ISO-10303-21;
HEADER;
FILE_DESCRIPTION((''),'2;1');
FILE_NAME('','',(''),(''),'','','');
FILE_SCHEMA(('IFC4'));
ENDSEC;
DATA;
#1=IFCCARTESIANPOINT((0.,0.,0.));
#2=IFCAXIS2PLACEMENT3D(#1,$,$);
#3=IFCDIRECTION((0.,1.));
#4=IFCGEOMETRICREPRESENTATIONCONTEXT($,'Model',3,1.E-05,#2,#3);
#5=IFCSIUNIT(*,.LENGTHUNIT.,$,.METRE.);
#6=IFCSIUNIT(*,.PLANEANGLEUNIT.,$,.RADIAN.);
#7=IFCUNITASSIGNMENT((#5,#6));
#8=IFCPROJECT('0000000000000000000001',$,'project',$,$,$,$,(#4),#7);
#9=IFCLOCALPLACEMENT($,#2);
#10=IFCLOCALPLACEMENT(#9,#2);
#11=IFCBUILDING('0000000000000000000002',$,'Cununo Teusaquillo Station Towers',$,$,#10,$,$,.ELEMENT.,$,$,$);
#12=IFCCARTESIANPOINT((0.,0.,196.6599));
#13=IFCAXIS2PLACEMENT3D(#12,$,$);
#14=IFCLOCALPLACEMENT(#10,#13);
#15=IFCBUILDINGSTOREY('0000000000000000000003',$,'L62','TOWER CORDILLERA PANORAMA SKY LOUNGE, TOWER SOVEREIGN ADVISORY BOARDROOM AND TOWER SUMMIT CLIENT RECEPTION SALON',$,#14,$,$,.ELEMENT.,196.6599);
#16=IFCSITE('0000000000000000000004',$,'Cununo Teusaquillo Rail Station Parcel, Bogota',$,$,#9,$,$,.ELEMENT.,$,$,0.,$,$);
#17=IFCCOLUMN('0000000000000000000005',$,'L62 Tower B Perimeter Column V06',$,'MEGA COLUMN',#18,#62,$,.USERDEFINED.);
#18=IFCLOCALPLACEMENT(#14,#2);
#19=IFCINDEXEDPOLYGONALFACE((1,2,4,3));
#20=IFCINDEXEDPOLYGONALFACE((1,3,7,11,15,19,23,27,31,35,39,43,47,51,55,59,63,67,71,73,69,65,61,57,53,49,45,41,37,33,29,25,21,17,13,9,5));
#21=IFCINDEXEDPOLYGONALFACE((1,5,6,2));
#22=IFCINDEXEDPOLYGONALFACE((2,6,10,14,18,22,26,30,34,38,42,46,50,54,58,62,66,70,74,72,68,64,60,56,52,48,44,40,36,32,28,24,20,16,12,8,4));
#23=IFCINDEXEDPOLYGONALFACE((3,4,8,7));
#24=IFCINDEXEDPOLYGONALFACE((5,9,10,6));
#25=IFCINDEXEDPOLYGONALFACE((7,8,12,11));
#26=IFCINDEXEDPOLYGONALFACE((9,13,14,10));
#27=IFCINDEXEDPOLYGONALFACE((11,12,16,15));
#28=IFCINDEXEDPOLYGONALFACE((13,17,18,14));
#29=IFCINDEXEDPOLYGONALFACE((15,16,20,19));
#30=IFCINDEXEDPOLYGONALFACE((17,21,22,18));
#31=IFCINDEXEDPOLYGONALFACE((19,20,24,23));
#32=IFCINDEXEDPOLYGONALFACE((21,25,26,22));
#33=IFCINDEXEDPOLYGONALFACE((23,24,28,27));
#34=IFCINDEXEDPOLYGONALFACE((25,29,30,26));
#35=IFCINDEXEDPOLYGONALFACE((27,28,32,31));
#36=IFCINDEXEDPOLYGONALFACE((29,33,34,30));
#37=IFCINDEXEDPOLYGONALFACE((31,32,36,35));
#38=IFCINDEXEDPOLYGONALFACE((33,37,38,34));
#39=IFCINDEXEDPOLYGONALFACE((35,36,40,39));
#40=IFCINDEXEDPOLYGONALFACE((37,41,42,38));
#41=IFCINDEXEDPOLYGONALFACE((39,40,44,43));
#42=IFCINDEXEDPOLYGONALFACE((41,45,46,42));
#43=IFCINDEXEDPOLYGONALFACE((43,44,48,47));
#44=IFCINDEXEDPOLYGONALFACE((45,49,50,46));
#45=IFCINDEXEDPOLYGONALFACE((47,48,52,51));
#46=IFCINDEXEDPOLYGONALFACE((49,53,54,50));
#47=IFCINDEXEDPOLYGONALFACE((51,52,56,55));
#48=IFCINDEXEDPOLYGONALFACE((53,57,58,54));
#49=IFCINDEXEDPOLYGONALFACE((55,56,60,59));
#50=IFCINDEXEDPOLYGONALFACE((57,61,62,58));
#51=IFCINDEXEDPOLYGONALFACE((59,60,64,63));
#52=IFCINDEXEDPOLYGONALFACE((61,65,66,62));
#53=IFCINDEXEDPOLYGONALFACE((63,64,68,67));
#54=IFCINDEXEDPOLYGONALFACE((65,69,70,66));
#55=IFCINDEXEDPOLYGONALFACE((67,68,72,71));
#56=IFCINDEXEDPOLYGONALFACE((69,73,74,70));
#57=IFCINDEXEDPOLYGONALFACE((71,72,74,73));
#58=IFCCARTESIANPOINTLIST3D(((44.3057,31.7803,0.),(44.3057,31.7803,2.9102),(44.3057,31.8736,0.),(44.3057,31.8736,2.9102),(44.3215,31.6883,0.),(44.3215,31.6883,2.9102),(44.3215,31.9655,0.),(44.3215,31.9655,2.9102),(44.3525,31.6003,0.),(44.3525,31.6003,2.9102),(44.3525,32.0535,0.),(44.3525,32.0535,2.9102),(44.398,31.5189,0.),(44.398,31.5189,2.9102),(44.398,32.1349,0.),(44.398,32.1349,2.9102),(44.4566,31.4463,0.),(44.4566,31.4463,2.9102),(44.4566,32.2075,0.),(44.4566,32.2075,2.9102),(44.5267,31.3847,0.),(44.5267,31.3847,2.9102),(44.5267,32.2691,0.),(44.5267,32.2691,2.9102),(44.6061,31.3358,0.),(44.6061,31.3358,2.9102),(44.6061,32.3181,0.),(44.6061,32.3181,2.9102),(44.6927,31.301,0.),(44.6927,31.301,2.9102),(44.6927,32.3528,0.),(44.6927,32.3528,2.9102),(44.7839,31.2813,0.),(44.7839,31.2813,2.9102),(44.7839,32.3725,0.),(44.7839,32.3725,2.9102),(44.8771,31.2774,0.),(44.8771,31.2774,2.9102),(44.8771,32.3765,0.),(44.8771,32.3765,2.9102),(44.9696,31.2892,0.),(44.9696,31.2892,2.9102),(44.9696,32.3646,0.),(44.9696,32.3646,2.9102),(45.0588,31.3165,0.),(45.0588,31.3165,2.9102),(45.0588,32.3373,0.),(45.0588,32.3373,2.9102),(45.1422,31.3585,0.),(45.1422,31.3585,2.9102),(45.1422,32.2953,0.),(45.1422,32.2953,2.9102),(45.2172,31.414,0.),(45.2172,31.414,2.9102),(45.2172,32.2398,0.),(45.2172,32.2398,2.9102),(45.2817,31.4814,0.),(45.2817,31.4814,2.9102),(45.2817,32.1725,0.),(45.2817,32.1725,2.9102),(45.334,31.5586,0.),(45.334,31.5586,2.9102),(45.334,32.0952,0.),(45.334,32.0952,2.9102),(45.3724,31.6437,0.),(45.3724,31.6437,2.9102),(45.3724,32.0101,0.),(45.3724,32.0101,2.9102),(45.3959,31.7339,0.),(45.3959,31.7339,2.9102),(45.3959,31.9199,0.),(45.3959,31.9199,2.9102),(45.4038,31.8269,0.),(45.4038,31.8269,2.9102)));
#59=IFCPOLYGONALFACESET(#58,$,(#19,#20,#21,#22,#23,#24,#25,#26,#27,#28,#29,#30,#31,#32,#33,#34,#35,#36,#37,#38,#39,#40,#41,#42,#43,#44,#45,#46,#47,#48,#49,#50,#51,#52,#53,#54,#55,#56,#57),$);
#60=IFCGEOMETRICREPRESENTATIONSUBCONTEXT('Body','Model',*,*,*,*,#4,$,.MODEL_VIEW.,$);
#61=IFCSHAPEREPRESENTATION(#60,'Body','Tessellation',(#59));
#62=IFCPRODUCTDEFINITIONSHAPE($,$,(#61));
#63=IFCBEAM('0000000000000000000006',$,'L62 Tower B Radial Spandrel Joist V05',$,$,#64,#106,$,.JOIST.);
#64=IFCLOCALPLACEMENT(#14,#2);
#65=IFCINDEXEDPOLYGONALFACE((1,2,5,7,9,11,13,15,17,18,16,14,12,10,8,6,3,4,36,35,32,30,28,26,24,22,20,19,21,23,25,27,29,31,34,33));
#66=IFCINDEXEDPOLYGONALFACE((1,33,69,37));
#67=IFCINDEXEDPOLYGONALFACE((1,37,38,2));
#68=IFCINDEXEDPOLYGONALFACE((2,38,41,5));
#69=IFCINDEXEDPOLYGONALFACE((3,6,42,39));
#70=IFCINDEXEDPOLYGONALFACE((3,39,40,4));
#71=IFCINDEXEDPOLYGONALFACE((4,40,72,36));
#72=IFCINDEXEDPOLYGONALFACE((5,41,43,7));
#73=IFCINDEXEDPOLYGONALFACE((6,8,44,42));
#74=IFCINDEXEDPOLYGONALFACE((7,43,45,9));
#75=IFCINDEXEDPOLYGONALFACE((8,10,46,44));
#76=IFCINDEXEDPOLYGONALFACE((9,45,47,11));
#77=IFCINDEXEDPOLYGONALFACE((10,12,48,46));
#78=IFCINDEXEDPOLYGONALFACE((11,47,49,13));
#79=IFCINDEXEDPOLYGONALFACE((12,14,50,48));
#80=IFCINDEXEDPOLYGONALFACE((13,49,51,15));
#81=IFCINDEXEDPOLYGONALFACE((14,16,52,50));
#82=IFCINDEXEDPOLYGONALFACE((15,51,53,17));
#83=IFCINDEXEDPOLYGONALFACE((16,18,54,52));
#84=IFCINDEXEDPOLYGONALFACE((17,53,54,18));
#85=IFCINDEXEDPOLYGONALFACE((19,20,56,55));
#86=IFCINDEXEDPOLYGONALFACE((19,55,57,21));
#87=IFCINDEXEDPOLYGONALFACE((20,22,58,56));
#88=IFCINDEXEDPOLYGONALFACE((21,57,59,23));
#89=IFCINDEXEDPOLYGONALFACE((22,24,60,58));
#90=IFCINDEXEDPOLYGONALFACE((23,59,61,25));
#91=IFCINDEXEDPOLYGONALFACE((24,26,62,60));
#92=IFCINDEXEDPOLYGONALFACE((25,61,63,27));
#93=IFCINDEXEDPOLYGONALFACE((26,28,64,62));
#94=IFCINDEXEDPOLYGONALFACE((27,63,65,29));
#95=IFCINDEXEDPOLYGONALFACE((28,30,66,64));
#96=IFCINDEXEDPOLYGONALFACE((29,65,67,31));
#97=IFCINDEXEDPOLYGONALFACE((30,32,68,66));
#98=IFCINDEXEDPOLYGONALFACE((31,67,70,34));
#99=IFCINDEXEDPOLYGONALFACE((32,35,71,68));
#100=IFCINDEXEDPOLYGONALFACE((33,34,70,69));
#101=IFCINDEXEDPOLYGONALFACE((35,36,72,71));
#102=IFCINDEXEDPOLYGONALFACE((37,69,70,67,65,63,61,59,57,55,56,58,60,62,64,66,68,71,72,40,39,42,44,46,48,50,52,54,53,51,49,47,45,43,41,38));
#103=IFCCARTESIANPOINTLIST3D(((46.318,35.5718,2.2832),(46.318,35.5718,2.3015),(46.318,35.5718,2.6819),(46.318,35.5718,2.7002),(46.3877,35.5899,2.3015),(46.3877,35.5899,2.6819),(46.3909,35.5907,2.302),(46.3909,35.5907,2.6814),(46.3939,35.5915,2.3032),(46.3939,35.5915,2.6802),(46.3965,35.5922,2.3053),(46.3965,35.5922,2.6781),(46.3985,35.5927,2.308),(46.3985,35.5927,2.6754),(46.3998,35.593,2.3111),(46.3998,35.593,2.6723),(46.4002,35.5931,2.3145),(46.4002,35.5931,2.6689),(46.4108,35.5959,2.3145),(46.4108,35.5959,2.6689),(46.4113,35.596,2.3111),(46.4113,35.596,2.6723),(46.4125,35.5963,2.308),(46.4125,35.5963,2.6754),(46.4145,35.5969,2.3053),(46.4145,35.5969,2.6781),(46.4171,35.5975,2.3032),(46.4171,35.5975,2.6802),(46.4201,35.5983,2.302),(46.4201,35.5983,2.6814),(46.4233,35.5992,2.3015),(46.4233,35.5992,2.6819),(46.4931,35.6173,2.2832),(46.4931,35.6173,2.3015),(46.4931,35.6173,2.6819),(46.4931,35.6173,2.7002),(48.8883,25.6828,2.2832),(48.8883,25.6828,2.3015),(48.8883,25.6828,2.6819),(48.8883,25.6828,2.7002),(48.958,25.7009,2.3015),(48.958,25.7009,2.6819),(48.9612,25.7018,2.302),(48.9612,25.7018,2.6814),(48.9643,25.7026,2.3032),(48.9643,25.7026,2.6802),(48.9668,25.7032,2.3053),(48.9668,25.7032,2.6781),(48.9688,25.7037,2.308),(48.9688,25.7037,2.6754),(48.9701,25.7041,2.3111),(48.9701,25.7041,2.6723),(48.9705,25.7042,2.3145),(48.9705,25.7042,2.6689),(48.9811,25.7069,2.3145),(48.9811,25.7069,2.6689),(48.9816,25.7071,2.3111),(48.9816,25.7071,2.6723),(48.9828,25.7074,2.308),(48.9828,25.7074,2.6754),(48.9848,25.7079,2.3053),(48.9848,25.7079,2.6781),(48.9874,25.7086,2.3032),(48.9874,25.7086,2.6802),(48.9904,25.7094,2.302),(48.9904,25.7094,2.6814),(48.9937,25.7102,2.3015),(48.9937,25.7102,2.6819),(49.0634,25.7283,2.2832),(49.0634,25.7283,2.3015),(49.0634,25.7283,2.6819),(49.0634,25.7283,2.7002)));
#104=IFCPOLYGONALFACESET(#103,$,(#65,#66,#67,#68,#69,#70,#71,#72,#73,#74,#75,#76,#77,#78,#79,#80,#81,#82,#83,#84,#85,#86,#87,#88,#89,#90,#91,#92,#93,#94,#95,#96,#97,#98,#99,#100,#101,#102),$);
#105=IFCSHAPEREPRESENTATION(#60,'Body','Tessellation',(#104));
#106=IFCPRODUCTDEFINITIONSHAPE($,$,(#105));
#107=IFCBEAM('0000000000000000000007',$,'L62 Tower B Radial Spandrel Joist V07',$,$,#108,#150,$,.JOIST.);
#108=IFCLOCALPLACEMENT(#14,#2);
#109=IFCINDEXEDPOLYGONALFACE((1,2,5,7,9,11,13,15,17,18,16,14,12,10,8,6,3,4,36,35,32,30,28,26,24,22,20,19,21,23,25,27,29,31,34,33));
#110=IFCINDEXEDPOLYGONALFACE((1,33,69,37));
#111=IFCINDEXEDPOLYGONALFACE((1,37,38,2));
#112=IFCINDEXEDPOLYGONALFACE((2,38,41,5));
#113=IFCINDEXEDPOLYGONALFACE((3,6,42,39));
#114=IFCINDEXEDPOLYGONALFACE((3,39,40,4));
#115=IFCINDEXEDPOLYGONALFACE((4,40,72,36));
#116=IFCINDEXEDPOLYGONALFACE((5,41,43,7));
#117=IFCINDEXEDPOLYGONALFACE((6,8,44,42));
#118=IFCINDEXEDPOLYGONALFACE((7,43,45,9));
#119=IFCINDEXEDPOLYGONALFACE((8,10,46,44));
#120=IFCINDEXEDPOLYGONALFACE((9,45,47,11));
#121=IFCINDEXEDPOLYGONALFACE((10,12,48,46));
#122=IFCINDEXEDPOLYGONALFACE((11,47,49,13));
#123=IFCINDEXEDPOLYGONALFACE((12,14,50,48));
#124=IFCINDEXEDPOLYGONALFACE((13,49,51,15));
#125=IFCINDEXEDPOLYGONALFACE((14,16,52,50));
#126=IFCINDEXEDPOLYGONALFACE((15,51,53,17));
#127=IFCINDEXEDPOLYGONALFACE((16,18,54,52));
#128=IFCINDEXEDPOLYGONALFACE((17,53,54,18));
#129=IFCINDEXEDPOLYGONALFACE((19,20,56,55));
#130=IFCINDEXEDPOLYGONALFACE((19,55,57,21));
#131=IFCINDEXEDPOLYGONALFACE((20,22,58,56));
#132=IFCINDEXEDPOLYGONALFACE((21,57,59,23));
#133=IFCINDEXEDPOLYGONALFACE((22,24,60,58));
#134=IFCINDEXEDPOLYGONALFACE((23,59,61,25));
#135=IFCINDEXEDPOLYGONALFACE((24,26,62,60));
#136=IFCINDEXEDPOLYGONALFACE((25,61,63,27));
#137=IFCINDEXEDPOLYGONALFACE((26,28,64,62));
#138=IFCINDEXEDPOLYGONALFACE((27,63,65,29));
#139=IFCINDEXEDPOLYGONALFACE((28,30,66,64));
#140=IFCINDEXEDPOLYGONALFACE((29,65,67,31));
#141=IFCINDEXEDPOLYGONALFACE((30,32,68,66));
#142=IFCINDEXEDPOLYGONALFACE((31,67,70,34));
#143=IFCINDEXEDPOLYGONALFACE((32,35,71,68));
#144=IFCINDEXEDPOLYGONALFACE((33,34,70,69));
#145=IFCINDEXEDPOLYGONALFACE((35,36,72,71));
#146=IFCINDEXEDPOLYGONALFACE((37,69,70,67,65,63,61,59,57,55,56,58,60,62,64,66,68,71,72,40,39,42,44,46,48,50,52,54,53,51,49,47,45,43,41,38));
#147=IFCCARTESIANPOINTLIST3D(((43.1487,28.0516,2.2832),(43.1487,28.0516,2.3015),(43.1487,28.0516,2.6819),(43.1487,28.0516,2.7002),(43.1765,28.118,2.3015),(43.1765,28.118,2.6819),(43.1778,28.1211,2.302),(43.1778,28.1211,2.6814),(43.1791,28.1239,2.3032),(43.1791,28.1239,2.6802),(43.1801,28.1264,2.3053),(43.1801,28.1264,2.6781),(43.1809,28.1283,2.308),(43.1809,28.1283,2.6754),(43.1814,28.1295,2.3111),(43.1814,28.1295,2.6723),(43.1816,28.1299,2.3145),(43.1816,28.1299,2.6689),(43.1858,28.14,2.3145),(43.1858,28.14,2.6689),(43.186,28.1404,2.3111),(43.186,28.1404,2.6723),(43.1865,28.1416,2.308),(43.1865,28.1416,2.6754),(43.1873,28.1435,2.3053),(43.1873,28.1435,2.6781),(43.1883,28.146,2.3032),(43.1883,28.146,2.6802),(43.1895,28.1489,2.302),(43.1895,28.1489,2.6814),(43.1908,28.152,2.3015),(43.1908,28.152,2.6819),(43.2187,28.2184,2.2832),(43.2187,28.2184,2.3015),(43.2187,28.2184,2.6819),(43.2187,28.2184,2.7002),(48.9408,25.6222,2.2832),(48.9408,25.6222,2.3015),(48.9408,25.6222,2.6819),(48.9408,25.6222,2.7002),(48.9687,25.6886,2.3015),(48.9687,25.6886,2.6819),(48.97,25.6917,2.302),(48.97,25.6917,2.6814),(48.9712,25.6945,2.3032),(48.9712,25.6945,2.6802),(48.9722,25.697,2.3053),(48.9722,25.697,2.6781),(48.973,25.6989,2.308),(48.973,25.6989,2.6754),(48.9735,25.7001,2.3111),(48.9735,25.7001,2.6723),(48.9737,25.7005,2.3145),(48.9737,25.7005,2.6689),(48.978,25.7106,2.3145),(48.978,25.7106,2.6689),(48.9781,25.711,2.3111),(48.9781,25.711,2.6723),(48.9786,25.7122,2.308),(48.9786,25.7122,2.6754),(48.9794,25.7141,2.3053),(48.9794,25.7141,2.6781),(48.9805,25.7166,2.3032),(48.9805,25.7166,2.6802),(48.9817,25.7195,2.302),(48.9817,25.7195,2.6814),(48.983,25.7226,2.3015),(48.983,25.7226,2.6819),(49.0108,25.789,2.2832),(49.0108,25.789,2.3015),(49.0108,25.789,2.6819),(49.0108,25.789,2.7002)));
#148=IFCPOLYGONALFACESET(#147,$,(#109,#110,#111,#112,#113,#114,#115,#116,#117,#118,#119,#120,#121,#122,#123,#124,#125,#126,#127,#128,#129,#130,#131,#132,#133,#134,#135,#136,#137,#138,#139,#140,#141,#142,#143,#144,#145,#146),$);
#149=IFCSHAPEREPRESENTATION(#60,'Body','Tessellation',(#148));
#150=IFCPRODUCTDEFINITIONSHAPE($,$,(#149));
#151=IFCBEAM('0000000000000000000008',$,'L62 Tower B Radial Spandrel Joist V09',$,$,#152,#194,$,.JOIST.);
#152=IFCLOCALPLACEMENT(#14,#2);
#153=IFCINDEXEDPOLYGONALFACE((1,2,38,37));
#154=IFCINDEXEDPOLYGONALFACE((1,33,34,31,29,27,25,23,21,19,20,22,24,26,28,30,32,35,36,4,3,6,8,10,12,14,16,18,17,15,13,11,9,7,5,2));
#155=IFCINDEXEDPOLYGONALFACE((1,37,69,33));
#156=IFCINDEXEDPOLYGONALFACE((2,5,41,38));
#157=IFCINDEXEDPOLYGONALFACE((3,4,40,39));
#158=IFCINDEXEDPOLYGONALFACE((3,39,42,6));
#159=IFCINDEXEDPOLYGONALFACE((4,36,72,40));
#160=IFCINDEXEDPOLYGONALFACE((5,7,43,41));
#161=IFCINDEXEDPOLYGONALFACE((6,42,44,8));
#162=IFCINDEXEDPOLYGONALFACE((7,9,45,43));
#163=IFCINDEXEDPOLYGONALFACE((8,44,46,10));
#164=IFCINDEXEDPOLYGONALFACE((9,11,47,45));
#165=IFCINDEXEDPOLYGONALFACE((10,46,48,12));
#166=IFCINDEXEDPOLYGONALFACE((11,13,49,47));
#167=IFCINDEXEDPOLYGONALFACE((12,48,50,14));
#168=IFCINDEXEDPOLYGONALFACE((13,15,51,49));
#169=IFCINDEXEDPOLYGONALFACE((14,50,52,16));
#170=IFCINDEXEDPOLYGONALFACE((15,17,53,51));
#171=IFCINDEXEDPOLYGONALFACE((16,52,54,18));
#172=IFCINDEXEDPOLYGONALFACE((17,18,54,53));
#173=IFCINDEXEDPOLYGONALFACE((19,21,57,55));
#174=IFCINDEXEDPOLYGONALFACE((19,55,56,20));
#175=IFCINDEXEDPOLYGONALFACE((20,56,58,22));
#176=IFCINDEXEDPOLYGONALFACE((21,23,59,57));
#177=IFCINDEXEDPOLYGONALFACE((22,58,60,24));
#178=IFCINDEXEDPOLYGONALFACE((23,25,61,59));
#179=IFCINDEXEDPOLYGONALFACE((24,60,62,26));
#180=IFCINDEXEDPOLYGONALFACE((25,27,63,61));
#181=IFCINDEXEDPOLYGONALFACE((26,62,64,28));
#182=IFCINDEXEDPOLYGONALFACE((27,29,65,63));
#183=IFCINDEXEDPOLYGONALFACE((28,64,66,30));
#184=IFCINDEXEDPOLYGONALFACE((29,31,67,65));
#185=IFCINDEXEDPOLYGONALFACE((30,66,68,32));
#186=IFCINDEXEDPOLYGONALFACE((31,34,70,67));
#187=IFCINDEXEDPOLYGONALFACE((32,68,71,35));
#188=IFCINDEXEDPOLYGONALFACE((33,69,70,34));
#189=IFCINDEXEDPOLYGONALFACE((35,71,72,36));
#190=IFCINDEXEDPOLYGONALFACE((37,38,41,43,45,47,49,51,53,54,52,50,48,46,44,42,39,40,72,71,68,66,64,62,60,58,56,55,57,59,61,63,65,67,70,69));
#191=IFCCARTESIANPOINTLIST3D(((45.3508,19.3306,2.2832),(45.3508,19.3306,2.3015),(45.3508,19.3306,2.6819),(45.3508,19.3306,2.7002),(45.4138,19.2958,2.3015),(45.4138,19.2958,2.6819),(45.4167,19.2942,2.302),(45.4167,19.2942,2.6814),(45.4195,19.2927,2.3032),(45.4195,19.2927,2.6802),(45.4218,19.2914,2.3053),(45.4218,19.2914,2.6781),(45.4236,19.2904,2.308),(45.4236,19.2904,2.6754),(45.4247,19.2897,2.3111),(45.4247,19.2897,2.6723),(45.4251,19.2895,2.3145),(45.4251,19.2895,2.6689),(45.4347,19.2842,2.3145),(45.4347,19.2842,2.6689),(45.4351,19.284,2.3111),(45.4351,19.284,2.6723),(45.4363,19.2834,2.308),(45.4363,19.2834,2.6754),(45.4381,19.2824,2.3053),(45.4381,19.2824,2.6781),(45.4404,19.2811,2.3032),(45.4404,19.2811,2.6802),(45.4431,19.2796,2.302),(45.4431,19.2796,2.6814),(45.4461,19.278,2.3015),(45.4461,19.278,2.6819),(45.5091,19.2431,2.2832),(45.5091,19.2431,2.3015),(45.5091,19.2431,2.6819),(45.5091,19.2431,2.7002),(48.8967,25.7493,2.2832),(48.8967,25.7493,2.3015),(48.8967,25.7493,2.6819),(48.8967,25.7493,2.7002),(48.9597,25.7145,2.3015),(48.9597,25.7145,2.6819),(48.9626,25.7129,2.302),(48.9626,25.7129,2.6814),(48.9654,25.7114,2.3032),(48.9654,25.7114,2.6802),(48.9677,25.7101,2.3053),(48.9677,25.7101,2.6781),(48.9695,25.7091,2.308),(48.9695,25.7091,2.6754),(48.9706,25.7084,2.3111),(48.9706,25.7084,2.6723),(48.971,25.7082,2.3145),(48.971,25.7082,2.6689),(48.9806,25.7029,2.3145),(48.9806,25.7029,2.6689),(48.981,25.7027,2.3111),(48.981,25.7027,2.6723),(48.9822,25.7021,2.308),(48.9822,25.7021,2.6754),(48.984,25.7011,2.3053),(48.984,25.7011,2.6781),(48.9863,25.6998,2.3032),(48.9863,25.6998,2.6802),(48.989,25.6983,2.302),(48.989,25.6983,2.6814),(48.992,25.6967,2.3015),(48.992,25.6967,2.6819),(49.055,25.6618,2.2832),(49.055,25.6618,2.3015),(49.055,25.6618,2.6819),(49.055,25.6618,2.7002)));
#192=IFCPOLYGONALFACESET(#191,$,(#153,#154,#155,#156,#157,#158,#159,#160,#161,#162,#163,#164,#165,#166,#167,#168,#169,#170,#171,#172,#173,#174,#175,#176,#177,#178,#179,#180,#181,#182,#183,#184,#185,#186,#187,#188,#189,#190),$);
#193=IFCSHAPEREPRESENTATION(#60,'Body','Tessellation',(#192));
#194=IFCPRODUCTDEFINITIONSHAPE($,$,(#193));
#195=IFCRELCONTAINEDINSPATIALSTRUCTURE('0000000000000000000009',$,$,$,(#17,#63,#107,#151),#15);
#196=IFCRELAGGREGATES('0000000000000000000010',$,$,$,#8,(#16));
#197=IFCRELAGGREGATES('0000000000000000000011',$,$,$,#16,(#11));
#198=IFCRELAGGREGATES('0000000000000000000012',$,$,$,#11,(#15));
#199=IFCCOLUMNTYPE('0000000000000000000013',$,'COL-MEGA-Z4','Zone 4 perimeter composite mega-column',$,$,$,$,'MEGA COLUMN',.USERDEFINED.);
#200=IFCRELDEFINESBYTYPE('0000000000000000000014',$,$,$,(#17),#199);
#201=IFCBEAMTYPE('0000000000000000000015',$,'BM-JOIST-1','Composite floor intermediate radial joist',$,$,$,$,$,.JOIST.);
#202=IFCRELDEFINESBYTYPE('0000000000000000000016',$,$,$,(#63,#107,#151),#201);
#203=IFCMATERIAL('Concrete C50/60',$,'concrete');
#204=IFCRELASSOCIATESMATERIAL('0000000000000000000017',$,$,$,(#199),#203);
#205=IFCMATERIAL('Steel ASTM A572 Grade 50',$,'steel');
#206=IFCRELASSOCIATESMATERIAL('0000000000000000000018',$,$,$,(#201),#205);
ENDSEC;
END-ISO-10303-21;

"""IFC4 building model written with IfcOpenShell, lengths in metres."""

from ifc_helpers import new_model, si_unit, direction, frame, origin, origin_2d, place, context, subcontext, project, spatial, circle, i_section, extrude, material, material_profile, profile_set, type_object, element, save


model = new_model("IFC4")

# Units and contexts
model_context = context("Model", 3, precision=1e-05, world=origin(), true_north=direction((0.0, 1.0)))
body_context = subcontext(model_context, "Body", "Model", "MODEL_VIEW")
ifc_project = project(units=[si_unit("LENGTHUNIT", "METRE"), si_unit("PLANEANGLEUNIT", "RADIAN")], contexts=[model_context])

# Site, building, storey
site_placement = place(None, origin())
site = spatial("IfcSite", under=ifc_project, at=site_placement, Name="Cununo Teusaquillo Rail Station Parcel, Bogota", CompositionType="ELEMENT", RefElevation=0.0)
building_placement = place(site_placement, origin())
building = spatial("IfcBuilding", under=site, at=building_placement, Name="Cununo Teusaquillo Station Towers", CompositionType="ELEMENT")
storey_placement = place(building_placement, frame((0.0, 0.0, 196.6599)))
storey = spatial("IfcBuildingStorey", under=building, at=storey_placement, Name="L62", Description="TOWER CORDILLERA PANORAMA SKY LOUNGE, TOWER SOVEREIGN ADVISORY BOARDROOM AND TOWER SUMMIT CLIENT RECEPTION SALON", CompositionType="ELEMENT", Elevation=196.6599)

# Column
ifc_material_1 = material(Name="Concrete C50/60", Category="concrete")
ifc_material_profile_1 = material_profile(ifc_material_1, circle(Radius=0.55, at=origin_2d()), Name="RC-CIRC-1100")
ifc_profile_set_1 = profile_set([ifc_material_profile_1], Name="Concrete C50/60")
column_type = type_object("IfcColumnType", Name="COL-MEGA-Z4", Description="Zone 4 perimeter composite mega-column", ElementType="MEGA COLUMN", PredefinedType="USERDEFINED", material=ifc_profile_set_1)
column_placement = place(storey_placement, frame((44.8538, 31.8269, 0.0), z_axis=(0.0, 0.0, 1.0), x_axis=(1.0, 0.0, 0.0)))
element("IfcColumn", 1, at=column_placement, inside=storey, type_object=column_type, Name="L62 Tower B Perimeter Column V06", ObjectType="MEGA COLUMN", PredefinedType="USERDEFINED", context=body_context, shape_type="SweptSolid", body=[
    extrude(circle(Radius=0.55, at=origin_2d()), origin(), (0.0, 0.0, 1.0), 2.9102),
])

# Beams
ifc_material_2 = material(Name="Steel ASTM A572 Grade 50", Category="steel")
ifc_material_profile_2 = material_profile(ifc_material_2, i_section(OverallWidth=0.1809, OverallDepth=0.417, WebThickness=0.011, FlangeThickness=0.0183, FilletRadius=0.0129, at=origin_2d()), Name="W16X57")
ifc_profile_set_2 = profile_set([ifc_material_profile_2], Name="Steel ASTM A572 Grade 50")
beam_type_1 = type_object("IfcBeamType", Name="BM-JOIST-1", Description="Composite floor intermediate radial joist", PredefinedType="JOIST", material=ifc_profile_set_2)
beam_1_placement = place(storey_placement, frame((48.9758, 25.7056, 2.4917), z_axis=(-0.25156, 0.967842, 0.0), x_axis=(-0.967842, -0.25156, 0.0)))
element("IfcBeam", 2, at=beam_1_placement, inside=storey, type_object=beam_type_1, Name="L62 Tower B Radial Spandrel Joist V05", PredefinedType="JOIST", context=body_context, shape_type="SweptSolid", body=[
    extrude(i_section(OverallWidth=0.1809, OverallDepth=0.417, WebThickness=0.011, FlangeThickness=0.0183, FilletRadius=0.0129, at=origin_2d()), origin(), (0.0, 0.0, 1.0), 10.2175),
])
beam_2_placement = place(storey_placement, frame((48.9758, 25.7056, 2.4917), z_axis=(-0.922169, 0.386786, 0.0), x_axis=(-0.386786, -0.922169, 0.0)))
element("IfcBeam", 3, at=beam_2_placement, inside=storey, type_object=beam_type_1, Name="L62 Tower B Radial Spandrel Joist V07", PredefinedType="JOIST", context=body_context, shape_type="SweptSolid", body=[
    extrude(i_section(OverallWidth=0.1809, OverallDepth=0.417, WebThickness=0.011, FlangeThickness=0.0183, FilletRadius=0.0129, at=origin_2d()), origin(), (0.0, 0.0, 1.0), 6.281),
])
beam_3_placement = place(storey_placement, frame((48.9758, 25.7056, 2.4917), z_axis=(-0.483553, -0.875315, 0.0), x_axis=(0.875315, -0.483553, 0.0)))
element("IfcBeam", 4, at=beam_3_placement, inside=storey, type_object=beam_type_1, Name="L62 Tower B Radial Spandrel Joist V09", PredefinedType="JOIST", context=body_context, shape_type="SweptSolid", body=[
    extrude(i_section(OverallWidth=0.1809, OverallDepth=0.417, WebThickness=0.011, FlangeThickness=0.0183, FilletRadius=0.0129, at=origin_2d()), origin(), (0.0, 0.0, 1.0), 7.333),
])

save(model, "model.ifc")
